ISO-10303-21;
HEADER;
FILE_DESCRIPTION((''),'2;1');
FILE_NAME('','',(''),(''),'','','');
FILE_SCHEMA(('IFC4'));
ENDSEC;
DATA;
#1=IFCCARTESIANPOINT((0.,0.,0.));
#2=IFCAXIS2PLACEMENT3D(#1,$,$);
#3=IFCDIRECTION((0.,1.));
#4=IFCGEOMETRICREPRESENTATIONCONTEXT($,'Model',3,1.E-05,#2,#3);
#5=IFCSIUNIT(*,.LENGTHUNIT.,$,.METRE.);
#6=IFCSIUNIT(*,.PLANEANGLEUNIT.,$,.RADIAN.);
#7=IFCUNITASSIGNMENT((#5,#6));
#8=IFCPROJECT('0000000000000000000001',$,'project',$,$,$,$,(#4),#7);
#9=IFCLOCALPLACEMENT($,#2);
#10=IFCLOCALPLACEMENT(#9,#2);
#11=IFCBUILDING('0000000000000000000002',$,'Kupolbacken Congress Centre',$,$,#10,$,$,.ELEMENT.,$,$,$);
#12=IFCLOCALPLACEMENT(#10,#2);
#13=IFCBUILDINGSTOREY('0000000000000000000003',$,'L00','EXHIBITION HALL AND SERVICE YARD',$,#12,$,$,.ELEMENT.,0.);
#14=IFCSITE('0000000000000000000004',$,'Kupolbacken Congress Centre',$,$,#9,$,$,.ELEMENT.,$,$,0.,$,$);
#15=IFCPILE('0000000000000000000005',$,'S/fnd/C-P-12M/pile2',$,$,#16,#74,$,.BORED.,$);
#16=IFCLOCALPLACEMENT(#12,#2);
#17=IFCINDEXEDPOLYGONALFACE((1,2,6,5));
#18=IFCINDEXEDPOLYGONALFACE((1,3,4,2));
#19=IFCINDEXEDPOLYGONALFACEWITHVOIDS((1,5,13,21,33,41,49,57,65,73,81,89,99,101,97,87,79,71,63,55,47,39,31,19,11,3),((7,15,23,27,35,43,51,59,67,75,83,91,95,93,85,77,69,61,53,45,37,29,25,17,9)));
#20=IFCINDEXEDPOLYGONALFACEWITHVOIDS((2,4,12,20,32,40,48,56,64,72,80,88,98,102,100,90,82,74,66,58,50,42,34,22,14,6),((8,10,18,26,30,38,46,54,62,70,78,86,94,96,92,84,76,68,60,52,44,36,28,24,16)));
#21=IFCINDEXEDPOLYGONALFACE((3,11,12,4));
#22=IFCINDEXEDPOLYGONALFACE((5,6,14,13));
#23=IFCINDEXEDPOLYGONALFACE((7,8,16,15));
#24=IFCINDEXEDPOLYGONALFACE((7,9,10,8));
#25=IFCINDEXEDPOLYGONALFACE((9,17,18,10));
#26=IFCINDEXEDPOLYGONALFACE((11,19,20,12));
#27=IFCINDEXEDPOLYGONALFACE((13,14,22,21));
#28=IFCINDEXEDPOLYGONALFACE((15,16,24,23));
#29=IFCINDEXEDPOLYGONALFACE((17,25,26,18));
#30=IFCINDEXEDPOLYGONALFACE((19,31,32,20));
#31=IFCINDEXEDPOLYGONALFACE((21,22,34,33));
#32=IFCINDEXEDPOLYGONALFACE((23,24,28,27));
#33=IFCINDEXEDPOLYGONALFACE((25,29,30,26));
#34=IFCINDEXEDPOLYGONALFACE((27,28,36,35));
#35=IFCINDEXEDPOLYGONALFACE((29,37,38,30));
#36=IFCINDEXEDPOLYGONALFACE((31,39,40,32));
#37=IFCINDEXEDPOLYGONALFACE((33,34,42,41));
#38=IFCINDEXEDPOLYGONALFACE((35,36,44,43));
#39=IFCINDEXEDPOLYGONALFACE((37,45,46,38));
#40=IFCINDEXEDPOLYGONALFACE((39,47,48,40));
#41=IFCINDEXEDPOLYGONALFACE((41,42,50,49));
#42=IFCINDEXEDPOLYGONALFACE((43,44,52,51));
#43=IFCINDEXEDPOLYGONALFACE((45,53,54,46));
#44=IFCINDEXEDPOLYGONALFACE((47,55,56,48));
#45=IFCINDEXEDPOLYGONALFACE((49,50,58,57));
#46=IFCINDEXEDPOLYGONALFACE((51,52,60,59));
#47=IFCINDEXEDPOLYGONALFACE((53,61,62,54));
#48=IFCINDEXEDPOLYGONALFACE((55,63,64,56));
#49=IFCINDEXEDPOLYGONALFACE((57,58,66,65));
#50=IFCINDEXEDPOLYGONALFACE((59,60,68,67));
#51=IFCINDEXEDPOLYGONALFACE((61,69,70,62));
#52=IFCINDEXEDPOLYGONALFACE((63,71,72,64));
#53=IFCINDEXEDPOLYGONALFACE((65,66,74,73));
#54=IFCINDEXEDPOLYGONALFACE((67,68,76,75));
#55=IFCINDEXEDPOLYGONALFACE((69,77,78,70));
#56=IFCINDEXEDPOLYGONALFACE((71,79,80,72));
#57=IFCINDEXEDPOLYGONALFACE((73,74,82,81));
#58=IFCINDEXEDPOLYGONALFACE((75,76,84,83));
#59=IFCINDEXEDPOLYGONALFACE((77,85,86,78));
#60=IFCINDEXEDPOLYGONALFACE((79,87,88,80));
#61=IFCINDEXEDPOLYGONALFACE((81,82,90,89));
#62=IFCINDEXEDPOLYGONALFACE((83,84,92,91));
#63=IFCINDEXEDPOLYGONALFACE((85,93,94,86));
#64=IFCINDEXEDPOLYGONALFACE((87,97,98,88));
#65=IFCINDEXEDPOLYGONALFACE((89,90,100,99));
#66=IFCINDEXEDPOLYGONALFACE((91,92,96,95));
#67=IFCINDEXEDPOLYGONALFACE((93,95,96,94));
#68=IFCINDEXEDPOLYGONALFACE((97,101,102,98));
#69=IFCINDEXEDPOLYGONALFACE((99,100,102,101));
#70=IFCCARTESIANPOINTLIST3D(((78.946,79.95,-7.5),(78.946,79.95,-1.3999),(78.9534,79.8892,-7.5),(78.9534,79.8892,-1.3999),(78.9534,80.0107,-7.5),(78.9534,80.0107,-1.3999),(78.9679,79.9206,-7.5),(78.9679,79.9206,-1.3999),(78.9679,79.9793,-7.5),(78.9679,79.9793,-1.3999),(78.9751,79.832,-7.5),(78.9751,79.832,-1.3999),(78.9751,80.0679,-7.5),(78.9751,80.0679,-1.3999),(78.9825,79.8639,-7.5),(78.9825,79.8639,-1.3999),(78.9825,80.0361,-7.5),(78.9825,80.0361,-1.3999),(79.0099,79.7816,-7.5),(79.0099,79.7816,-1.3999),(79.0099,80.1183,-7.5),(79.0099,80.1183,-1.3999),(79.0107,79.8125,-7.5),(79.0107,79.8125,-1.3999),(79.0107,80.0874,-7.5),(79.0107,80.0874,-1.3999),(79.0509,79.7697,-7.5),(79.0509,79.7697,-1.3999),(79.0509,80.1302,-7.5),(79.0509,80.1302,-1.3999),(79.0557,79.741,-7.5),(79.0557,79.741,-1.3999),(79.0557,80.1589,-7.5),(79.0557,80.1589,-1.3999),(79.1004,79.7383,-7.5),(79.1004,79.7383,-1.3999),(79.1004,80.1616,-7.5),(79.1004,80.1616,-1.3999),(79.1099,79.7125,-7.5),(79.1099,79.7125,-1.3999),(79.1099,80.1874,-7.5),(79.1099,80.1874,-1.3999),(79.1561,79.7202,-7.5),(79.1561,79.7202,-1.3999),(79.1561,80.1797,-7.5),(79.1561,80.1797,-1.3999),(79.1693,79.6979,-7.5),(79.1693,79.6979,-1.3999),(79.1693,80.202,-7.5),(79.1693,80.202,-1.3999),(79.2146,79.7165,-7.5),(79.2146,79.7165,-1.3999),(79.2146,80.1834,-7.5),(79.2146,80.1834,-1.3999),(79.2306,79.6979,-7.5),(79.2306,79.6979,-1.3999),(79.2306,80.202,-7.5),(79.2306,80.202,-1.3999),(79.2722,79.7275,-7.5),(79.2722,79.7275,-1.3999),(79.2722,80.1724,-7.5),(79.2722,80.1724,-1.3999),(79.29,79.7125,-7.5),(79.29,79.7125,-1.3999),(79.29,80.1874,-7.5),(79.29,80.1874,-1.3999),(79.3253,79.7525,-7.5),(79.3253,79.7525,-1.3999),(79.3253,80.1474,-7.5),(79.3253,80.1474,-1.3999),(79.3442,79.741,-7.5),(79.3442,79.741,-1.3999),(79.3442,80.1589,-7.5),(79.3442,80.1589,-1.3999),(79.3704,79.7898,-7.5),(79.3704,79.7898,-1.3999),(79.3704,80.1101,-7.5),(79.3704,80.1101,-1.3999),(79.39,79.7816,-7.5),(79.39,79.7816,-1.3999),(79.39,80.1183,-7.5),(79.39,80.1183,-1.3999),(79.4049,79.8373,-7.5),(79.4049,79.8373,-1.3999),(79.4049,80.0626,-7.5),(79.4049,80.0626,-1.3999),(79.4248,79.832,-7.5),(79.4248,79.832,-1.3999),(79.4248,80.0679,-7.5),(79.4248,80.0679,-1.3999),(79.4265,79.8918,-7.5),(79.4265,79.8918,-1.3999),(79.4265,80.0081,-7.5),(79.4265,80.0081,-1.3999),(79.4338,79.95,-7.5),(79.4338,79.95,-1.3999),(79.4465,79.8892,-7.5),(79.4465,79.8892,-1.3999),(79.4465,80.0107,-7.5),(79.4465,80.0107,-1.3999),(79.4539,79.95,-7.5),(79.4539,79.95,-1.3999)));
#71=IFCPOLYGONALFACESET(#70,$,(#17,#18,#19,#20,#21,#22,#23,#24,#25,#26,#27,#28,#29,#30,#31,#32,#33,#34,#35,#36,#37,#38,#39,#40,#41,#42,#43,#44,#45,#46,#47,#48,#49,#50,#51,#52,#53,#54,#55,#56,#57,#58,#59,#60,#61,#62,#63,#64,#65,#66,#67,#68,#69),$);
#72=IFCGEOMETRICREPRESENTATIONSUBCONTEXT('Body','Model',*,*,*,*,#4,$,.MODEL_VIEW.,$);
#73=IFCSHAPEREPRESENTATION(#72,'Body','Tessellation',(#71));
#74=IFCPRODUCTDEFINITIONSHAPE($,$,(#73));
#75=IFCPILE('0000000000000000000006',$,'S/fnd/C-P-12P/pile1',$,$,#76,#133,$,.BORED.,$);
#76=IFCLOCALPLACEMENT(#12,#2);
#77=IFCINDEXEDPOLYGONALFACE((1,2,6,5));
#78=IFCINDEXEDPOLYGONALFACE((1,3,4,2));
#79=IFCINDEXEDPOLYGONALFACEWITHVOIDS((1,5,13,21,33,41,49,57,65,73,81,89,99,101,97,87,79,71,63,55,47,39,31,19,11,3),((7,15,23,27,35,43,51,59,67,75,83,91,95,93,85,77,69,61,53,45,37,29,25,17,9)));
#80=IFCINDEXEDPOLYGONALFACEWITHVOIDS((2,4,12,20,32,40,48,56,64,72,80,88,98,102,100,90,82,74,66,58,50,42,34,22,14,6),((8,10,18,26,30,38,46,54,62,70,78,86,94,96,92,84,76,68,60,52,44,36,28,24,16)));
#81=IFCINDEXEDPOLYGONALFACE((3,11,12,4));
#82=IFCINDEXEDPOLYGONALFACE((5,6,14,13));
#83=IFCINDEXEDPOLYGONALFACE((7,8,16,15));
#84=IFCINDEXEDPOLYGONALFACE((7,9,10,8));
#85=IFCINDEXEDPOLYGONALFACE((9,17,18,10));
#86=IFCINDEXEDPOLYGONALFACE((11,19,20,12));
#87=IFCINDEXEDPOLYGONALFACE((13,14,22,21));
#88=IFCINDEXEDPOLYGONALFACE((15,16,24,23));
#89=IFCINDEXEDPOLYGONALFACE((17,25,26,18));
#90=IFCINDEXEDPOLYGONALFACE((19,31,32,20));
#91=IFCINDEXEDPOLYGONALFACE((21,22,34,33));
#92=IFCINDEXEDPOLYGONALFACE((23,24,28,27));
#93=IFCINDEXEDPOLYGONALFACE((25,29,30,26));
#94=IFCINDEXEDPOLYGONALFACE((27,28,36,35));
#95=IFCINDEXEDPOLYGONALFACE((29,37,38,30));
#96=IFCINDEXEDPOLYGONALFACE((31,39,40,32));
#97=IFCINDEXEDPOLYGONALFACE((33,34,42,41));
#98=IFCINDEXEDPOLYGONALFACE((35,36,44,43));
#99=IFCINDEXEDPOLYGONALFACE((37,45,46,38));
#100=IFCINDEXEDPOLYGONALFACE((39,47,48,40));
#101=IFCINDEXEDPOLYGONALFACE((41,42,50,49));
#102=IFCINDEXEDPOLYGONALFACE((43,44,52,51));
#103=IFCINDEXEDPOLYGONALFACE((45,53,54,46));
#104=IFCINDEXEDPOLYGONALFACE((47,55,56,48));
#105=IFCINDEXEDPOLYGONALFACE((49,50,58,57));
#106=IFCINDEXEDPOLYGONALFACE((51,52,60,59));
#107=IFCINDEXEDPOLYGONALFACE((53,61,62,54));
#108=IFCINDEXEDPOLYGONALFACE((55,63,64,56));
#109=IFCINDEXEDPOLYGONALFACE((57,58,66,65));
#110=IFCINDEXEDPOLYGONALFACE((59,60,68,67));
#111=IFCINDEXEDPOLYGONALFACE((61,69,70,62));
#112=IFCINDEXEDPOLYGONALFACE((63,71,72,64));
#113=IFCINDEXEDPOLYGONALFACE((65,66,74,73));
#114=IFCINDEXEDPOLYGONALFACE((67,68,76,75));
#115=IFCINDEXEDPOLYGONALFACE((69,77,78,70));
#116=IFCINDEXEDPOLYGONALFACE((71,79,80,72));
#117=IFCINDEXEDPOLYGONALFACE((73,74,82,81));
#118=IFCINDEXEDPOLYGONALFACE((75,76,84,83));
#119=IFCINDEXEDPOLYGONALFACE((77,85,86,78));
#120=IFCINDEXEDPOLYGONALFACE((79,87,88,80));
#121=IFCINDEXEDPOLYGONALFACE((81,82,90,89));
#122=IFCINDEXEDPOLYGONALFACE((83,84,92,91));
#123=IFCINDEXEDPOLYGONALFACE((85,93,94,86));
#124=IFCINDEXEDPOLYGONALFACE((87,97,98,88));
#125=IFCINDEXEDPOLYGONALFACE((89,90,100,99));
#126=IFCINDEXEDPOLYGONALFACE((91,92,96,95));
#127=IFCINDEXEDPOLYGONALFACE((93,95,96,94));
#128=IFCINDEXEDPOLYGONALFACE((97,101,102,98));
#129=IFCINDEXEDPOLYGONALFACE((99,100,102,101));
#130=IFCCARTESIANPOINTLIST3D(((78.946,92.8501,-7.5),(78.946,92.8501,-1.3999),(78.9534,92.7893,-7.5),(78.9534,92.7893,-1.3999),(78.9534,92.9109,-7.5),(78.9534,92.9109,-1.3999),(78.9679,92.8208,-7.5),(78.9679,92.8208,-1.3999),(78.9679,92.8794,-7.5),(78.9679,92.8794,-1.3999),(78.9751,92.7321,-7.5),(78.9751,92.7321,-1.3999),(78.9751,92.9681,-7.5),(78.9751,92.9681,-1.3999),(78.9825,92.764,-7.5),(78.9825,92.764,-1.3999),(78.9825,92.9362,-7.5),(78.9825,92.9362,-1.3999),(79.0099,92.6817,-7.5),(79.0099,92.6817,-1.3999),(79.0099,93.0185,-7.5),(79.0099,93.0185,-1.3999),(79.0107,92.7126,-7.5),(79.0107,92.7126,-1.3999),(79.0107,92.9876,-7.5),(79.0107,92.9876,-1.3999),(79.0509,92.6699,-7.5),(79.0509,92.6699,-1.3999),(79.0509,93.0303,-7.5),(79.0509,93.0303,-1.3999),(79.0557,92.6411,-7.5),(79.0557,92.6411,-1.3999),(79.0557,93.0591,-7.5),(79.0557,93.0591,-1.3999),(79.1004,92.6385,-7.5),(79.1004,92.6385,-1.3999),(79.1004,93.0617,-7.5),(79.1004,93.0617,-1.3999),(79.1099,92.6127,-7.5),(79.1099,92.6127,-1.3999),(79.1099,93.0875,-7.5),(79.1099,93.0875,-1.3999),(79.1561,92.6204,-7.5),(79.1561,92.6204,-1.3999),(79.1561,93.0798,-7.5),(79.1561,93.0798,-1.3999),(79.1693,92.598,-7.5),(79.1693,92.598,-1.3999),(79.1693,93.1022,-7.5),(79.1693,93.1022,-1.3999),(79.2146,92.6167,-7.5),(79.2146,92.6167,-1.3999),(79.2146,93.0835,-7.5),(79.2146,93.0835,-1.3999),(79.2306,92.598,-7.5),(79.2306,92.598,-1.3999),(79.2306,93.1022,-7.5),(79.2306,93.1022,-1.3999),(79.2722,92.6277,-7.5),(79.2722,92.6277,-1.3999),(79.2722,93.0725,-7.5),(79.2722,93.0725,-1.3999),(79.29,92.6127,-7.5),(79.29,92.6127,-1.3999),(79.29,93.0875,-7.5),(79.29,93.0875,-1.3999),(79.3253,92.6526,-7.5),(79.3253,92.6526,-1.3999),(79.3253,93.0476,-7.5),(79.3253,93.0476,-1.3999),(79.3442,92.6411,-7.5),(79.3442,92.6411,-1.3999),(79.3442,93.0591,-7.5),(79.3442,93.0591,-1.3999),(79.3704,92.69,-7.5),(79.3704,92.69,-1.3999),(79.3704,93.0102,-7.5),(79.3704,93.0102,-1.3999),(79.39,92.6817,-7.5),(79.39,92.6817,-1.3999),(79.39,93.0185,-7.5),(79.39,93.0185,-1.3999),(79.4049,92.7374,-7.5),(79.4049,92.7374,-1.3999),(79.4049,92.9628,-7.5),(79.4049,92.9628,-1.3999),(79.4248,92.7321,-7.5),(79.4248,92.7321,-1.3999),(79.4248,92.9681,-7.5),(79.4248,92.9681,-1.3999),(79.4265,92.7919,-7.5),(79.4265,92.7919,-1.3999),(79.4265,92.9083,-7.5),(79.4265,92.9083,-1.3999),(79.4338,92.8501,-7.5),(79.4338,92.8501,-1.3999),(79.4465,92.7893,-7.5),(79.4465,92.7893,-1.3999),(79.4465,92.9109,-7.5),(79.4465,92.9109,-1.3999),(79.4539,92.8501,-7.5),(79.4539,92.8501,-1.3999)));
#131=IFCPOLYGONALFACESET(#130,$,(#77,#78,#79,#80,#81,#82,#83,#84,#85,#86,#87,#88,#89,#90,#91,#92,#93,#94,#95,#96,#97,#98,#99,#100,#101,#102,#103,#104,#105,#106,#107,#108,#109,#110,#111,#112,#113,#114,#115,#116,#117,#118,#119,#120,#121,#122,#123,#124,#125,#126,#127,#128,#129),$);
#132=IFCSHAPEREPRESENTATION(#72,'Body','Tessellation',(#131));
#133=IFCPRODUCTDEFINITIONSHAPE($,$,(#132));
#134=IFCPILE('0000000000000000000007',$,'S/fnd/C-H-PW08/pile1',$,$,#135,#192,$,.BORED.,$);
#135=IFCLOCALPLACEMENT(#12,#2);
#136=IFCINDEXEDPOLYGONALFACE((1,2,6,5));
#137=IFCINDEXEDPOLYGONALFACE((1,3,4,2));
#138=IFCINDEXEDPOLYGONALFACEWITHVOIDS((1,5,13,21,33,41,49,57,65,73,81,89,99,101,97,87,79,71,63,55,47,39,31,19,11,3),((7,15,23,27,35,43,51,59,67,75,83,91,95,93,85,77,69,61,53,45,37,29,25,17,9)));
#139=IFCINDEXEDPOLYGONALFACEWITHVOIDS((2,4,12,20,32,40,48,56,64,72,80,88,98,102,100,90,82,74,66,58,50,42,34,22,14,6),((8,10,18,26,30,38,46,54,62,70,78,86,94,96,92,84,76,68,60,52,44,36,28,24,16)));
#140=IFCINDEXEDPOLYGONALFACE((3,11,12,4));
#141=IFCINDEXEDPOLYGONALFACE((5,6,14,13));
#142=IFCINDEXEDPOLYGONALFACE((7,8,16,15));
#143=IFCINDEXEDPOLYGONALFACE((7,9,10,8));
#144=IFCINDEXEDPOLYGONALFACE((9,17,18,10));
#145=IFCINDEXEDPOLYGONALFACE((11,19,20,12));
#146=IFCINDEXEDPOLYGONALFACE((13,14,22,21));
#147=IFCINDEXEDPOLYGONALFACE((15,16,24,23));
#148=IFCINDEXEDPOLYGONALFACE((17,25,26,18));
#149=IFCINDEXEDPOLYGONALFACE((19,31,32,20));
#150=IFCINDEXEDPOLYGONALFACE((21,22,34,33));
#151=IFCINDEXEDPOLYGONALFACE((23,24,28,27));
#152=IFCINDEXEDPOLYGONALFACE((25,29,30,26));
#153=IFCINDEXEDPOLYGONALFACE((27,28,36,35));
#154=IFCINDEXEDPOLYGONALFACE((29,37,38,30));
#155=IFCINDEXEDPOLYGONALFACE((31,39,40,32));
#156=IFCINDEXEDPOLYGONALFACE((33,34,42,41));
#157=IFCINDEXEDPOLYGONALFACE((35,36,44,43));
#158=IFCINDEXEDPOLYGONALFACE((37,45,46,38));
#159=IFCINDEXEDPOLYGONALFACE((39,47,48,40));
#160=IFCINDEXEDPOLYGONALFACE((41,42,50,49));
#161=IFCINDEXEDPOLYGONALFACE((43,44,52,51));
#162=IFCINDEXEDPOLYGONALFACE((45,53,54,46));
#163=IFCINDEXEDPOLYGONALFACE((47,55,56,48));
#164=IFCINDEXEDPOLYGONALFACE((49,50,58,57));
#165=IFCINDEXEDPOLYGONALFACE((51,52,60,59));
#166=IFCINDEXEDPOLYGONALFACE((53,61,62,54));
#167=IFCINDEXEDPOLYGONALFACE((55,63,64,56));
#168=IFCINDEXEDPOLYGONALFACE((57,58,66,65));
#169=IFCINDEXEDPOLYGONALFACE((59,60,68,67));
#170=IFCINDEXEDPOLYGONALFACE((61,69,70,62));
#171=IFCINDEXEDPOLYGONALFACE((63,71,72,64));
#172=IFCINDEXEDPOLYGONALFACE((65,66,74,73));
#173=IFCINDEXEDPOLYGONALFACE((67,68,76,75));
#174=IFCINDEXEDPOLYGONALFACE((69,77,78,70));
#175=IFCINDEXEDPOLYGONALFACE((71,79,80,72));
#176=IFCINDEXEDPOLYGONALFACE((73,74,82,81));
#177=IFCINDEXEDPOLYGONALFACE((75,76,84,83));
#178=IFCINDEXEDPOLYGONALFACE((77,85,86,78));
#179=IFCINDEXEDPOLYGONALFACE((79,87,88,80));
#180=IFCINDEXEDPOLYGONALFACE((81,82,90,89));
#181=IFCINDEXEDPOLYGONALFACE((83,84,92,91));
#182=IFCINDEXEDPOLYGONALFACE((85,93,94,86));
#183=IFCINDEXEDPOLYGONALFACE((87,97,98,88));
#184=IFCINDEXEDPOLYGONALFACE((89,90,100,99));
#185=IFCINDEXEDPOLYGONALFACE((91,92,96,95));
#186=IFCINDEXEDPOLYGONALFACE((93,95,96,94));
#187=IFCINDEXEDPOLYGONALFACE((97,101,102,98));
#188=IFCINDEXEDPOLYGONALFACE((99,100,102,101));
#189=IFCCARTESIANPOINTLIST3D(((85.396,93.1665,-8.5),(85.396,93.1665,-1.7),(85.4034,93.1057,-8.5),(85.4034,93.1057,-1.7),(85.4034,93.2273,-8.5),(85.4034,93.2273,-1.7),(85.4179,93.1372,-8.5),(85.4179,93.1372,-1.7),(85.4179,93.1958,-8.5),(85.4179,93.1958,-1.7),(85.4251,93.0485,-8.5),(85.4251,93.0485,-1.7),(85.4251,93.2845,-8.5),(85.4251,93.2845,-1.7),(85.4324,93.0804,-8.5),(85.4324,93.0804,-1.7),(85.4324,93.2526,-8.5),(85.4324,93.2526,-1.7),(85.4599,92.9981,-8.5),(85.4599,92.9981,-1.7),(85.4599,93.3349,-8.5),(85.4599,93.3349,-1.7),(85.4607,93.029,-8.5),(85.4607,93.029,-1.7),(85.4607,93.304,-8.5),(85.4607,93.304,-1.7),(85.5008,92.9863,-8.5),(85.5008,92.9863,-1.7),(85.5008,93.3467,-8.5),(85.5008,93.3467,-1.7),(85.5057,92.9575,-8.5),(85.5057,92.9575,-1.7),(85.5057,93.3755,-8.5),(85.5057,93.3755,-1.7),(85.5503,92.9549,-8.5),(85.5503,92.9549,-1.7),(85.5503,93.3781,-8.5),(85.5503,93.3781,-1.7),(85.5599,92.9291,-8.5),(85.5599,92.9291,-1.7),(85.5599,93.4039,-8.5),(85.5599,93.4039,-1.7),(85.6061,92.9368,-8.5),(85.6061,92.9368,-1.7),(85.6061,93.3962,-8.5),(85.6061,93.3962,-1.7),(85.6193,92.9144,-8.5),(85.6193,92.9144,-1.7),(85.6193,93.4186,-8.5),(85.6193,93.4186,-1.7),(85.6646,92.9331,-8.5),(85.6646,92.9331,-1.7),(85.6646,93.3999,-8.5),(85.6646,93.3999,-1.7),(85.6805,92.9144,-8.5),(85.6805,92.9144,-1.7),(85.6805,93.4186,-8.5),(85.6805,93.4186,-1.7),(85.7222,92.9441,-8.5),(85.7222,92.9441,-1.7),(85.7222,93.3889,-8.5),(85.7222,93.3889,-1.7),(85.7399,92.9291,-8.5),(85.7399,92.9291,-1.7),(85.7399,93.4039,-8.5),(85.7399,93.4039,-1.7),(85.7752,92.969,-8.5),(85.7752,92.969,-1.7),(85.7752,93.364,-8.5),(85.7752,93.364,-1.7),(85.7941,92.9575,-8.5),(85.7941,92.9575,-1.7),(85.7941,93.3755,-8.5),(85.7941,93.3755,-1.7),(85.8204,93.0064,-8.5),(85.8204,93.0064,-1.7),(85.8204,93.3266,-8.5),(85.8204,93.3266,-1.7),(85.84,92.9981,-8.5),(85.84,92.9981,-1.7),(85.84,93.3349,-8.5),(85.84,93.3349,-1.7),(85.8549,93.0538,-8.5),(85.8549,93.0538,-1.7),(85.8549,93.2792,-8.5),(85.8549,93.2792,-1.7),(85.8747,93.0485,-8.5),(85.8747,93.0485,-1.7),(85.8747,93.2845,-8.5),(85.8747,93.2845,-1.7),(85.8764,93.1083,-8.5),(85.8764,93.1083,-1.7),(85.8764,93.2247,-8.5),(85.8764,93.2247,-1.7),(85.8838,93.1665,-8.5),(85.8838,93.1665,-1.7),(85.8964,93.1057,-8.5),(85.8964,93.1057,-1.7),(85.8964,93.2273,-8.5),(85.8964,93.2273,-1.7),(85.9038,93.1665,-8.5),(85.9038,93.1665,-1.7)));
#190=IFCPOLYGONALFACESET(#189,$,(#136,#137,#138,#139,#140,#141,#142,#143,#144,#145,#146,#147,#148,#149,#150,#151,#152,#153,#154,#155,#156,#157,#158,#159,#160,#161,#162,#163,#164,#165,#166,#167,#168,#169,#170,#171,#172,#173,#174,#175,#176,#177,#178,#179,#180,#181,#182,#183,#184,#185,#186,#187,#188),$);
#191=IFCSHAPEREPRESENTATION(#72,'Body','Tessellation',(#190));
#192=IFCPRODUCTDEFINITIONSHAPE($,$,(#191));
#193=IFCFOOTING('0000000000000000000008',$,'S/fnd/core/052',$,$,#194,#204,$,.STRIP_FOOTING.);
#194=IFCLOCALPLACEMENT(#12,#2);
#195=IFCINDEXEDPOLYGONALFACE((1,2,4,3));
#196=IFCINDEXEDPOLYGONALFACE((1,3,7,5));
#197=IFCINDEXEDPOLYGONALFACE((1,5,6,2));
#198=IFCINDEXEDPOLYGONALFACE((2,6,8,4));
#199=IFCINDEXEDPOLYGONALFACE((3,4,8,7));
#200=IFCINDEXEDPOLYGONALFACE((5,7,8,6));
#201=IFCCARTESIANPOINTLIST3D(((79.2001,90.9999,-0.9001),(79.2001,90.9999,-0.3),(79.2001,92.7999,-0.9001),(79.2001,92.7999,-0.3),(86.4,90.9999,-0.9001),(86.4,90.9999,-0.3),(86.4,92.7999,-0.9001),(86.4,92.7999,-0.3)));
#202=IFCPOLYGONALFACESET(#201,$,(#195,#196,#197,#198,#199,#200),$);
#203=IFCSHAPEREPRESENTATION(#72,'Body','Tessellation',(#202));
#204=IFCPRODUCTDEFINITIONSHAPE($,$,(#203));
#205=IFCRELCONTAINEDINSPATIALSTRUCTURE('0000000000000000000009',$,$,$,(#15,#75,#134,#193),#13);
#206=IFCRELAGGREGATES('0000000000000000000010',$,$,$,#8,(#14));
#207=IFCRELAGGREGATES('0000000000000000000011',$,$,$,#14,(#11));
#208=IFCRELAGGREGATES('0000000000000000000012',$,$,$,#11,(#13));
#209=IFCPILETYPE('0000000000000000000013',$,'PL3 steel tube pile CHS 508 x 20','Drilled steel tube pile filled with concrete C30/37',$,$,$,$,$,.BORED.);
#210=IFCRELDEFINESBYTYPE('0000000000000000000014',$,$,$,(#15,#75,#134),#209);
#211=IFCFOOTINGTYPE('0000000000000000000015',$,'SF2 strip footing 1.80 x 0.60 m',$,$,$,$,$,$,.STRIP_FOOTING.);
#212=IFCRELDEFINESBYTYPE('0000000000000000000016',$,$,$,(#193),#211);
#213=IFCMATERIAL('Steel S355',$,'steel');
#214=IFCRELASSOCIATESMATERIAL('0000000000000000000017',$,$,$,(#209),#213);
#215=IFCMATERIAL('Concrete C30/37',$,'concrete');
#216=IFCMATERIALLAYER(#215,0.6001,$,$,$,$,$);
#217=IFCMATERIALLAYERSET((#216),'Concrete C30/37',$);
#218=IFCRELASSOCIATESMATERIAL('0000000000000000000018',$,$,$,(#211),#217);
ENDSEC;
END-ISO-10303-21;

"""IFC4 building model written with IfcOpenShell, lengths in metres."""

from ifc_helpers import new_model, si_unit, direction, frame, origin, origin_2d, place, context, subcontext, project, spatial, rectangle, hollow_circle, extrude, material, layer, layer_set, material_profile, profile_set, type_object, element, save


model = new_model("IFC4")

# Units and contexts
model_context = context("Model", 3, precision=1e-05, world=origin(), true_north=direction((0.0, 1.0)))
body_context = subcontext(model_context, "Body", "Model", "MODEL_VIEW")
ifc_project = project(units=[si_unit("LENGTHUNIT", "METRE"), si_unit("PLANEANGLEUNIT", "RADIAN")], contexts=[model_context])

# Site, building, storey
site_placement = place(None, origin())
site = spatial("IfcSite", under=ifc_project, at=site_placement, Name="Kupolbacken Congress Centre", CompositionType="ELEMENT", RefElevation=0.0)
building_placement = place(site_placement, origin())
building = spatial("IfcBuilding", under=site, at=building_placement, Name="Kupolbacken Congress Centre", CompositionType="ELEMENT")
storey_placement = place(building_placement, origin())
storey = spatial("IfcBuildingStorey", under=building, at=storey_placement, Name="L00", Description="EXHIBITION HALL AND SERVICE YARD", CompositionType="ELEMENT", Elevation=0.0)

# Piles
ifc_material_1 = material(Name="Steel S355", Category="steel")
ifc_material_profile_1 = material_profile(ifc_material_1, hollow_circle(Radius=0.2539, WallThickness=0.02, at=origin_2d()), Name="CHS 508 x 20")
ifc_profile_set_1 = profile_set([ifc_material_profile_1], Name="Steel S355")
pile_type_1 = type_object("IfcPileType", Name="PL3 steel tube pile CHS 508 x 20", Description="Drilled steel tube pile filled with concrete C30/37", PredefinedType="BORED", material=ifc_profile_set_1)
for number, where, z_axis, x_axis, name in (
    (1, (79.2, 79.95, -1.3999), (0.0, 0.0, -1.0), (1.0, 0.0, 0.0), "S/fnd/C-P-12M/pile2"),
    (2, (79.2, 92.8501, -1.3999), (0.0, 0.0, -1.0), (1.0, 0.0, 0.0), "S/fnd/C-P-12P/pile1"),
):
    element("IfcPile", number, at=place(storey_placement, frame(where, z_axis=z_axis, x_axis=x_axis)), inside=storey, type_object=pile_type_1, Name=name, PredefinedType="BORED", context=body_context, shape_type="SweptSolid", body=[
        extrude(hollow_circle(Radius=0.2539, WallThickness=0.02, at=origin_2d()), origin(), (0.0, 0.0, 1.0), 6.1001),
    ])
pile_placement = place(storey_placement, frame((85.6499, 93.1665, -1.7), z_axis=(0.0, 0.0, -1.0), x_axis=(1.0, 0.0, 0.0)))
element("IfcPile", 3, at=pile_placement, inside=storey, type_object=pile_type_1, Name="S/fnd/C-H-PW08/pile1", PredefinedType="BORED", context=body_context, shape_type="SweptSolid", body=[
    extrude(hollow_circle(Radius=0.2539, WallThickness=0.02, at=origin_2d()), origin(), (0.0, 0.0, 1.0), 6.8),
])

# Footing
ifc_material_2 = material(Name="Concrete C30/37", Category="concrete")
ifc_layer_1 = layer(ifc_material_2, 0.6001)
ifc_layer_set_1 = layer_set([ifc_layer_1], Name="Concrete C30/37")
footing_type_1 = type_object("IfcFootingType", Name="SF2 strip footing 1.80 x 0.60 m", PredefinedType="STRIP_FOOTING", material=ifc_layer_set_1)
footing_1_placement = place(storey_placement, frame((82.8, 91.8999, -0.9001), z_axis=(0.0, 0.0, 1.0), x_axis=(1.0, 0.0, 0.0)))
element("IfcFooting", 4, at=footing_1_placement, inside=storey, type_object=footing_type_1, Name="S/fnd/core/052", PredefinedType="STRIP_FOOTING", context=body_context, shape_type="SweptSolid", body=[
    extrude(rectangle(XDim=7.2, YDim=1.8, at=origin_2d()), origin(), (0.0, 0.0, 1.0), 0.6001),
])

save(model, "model.ifc")
